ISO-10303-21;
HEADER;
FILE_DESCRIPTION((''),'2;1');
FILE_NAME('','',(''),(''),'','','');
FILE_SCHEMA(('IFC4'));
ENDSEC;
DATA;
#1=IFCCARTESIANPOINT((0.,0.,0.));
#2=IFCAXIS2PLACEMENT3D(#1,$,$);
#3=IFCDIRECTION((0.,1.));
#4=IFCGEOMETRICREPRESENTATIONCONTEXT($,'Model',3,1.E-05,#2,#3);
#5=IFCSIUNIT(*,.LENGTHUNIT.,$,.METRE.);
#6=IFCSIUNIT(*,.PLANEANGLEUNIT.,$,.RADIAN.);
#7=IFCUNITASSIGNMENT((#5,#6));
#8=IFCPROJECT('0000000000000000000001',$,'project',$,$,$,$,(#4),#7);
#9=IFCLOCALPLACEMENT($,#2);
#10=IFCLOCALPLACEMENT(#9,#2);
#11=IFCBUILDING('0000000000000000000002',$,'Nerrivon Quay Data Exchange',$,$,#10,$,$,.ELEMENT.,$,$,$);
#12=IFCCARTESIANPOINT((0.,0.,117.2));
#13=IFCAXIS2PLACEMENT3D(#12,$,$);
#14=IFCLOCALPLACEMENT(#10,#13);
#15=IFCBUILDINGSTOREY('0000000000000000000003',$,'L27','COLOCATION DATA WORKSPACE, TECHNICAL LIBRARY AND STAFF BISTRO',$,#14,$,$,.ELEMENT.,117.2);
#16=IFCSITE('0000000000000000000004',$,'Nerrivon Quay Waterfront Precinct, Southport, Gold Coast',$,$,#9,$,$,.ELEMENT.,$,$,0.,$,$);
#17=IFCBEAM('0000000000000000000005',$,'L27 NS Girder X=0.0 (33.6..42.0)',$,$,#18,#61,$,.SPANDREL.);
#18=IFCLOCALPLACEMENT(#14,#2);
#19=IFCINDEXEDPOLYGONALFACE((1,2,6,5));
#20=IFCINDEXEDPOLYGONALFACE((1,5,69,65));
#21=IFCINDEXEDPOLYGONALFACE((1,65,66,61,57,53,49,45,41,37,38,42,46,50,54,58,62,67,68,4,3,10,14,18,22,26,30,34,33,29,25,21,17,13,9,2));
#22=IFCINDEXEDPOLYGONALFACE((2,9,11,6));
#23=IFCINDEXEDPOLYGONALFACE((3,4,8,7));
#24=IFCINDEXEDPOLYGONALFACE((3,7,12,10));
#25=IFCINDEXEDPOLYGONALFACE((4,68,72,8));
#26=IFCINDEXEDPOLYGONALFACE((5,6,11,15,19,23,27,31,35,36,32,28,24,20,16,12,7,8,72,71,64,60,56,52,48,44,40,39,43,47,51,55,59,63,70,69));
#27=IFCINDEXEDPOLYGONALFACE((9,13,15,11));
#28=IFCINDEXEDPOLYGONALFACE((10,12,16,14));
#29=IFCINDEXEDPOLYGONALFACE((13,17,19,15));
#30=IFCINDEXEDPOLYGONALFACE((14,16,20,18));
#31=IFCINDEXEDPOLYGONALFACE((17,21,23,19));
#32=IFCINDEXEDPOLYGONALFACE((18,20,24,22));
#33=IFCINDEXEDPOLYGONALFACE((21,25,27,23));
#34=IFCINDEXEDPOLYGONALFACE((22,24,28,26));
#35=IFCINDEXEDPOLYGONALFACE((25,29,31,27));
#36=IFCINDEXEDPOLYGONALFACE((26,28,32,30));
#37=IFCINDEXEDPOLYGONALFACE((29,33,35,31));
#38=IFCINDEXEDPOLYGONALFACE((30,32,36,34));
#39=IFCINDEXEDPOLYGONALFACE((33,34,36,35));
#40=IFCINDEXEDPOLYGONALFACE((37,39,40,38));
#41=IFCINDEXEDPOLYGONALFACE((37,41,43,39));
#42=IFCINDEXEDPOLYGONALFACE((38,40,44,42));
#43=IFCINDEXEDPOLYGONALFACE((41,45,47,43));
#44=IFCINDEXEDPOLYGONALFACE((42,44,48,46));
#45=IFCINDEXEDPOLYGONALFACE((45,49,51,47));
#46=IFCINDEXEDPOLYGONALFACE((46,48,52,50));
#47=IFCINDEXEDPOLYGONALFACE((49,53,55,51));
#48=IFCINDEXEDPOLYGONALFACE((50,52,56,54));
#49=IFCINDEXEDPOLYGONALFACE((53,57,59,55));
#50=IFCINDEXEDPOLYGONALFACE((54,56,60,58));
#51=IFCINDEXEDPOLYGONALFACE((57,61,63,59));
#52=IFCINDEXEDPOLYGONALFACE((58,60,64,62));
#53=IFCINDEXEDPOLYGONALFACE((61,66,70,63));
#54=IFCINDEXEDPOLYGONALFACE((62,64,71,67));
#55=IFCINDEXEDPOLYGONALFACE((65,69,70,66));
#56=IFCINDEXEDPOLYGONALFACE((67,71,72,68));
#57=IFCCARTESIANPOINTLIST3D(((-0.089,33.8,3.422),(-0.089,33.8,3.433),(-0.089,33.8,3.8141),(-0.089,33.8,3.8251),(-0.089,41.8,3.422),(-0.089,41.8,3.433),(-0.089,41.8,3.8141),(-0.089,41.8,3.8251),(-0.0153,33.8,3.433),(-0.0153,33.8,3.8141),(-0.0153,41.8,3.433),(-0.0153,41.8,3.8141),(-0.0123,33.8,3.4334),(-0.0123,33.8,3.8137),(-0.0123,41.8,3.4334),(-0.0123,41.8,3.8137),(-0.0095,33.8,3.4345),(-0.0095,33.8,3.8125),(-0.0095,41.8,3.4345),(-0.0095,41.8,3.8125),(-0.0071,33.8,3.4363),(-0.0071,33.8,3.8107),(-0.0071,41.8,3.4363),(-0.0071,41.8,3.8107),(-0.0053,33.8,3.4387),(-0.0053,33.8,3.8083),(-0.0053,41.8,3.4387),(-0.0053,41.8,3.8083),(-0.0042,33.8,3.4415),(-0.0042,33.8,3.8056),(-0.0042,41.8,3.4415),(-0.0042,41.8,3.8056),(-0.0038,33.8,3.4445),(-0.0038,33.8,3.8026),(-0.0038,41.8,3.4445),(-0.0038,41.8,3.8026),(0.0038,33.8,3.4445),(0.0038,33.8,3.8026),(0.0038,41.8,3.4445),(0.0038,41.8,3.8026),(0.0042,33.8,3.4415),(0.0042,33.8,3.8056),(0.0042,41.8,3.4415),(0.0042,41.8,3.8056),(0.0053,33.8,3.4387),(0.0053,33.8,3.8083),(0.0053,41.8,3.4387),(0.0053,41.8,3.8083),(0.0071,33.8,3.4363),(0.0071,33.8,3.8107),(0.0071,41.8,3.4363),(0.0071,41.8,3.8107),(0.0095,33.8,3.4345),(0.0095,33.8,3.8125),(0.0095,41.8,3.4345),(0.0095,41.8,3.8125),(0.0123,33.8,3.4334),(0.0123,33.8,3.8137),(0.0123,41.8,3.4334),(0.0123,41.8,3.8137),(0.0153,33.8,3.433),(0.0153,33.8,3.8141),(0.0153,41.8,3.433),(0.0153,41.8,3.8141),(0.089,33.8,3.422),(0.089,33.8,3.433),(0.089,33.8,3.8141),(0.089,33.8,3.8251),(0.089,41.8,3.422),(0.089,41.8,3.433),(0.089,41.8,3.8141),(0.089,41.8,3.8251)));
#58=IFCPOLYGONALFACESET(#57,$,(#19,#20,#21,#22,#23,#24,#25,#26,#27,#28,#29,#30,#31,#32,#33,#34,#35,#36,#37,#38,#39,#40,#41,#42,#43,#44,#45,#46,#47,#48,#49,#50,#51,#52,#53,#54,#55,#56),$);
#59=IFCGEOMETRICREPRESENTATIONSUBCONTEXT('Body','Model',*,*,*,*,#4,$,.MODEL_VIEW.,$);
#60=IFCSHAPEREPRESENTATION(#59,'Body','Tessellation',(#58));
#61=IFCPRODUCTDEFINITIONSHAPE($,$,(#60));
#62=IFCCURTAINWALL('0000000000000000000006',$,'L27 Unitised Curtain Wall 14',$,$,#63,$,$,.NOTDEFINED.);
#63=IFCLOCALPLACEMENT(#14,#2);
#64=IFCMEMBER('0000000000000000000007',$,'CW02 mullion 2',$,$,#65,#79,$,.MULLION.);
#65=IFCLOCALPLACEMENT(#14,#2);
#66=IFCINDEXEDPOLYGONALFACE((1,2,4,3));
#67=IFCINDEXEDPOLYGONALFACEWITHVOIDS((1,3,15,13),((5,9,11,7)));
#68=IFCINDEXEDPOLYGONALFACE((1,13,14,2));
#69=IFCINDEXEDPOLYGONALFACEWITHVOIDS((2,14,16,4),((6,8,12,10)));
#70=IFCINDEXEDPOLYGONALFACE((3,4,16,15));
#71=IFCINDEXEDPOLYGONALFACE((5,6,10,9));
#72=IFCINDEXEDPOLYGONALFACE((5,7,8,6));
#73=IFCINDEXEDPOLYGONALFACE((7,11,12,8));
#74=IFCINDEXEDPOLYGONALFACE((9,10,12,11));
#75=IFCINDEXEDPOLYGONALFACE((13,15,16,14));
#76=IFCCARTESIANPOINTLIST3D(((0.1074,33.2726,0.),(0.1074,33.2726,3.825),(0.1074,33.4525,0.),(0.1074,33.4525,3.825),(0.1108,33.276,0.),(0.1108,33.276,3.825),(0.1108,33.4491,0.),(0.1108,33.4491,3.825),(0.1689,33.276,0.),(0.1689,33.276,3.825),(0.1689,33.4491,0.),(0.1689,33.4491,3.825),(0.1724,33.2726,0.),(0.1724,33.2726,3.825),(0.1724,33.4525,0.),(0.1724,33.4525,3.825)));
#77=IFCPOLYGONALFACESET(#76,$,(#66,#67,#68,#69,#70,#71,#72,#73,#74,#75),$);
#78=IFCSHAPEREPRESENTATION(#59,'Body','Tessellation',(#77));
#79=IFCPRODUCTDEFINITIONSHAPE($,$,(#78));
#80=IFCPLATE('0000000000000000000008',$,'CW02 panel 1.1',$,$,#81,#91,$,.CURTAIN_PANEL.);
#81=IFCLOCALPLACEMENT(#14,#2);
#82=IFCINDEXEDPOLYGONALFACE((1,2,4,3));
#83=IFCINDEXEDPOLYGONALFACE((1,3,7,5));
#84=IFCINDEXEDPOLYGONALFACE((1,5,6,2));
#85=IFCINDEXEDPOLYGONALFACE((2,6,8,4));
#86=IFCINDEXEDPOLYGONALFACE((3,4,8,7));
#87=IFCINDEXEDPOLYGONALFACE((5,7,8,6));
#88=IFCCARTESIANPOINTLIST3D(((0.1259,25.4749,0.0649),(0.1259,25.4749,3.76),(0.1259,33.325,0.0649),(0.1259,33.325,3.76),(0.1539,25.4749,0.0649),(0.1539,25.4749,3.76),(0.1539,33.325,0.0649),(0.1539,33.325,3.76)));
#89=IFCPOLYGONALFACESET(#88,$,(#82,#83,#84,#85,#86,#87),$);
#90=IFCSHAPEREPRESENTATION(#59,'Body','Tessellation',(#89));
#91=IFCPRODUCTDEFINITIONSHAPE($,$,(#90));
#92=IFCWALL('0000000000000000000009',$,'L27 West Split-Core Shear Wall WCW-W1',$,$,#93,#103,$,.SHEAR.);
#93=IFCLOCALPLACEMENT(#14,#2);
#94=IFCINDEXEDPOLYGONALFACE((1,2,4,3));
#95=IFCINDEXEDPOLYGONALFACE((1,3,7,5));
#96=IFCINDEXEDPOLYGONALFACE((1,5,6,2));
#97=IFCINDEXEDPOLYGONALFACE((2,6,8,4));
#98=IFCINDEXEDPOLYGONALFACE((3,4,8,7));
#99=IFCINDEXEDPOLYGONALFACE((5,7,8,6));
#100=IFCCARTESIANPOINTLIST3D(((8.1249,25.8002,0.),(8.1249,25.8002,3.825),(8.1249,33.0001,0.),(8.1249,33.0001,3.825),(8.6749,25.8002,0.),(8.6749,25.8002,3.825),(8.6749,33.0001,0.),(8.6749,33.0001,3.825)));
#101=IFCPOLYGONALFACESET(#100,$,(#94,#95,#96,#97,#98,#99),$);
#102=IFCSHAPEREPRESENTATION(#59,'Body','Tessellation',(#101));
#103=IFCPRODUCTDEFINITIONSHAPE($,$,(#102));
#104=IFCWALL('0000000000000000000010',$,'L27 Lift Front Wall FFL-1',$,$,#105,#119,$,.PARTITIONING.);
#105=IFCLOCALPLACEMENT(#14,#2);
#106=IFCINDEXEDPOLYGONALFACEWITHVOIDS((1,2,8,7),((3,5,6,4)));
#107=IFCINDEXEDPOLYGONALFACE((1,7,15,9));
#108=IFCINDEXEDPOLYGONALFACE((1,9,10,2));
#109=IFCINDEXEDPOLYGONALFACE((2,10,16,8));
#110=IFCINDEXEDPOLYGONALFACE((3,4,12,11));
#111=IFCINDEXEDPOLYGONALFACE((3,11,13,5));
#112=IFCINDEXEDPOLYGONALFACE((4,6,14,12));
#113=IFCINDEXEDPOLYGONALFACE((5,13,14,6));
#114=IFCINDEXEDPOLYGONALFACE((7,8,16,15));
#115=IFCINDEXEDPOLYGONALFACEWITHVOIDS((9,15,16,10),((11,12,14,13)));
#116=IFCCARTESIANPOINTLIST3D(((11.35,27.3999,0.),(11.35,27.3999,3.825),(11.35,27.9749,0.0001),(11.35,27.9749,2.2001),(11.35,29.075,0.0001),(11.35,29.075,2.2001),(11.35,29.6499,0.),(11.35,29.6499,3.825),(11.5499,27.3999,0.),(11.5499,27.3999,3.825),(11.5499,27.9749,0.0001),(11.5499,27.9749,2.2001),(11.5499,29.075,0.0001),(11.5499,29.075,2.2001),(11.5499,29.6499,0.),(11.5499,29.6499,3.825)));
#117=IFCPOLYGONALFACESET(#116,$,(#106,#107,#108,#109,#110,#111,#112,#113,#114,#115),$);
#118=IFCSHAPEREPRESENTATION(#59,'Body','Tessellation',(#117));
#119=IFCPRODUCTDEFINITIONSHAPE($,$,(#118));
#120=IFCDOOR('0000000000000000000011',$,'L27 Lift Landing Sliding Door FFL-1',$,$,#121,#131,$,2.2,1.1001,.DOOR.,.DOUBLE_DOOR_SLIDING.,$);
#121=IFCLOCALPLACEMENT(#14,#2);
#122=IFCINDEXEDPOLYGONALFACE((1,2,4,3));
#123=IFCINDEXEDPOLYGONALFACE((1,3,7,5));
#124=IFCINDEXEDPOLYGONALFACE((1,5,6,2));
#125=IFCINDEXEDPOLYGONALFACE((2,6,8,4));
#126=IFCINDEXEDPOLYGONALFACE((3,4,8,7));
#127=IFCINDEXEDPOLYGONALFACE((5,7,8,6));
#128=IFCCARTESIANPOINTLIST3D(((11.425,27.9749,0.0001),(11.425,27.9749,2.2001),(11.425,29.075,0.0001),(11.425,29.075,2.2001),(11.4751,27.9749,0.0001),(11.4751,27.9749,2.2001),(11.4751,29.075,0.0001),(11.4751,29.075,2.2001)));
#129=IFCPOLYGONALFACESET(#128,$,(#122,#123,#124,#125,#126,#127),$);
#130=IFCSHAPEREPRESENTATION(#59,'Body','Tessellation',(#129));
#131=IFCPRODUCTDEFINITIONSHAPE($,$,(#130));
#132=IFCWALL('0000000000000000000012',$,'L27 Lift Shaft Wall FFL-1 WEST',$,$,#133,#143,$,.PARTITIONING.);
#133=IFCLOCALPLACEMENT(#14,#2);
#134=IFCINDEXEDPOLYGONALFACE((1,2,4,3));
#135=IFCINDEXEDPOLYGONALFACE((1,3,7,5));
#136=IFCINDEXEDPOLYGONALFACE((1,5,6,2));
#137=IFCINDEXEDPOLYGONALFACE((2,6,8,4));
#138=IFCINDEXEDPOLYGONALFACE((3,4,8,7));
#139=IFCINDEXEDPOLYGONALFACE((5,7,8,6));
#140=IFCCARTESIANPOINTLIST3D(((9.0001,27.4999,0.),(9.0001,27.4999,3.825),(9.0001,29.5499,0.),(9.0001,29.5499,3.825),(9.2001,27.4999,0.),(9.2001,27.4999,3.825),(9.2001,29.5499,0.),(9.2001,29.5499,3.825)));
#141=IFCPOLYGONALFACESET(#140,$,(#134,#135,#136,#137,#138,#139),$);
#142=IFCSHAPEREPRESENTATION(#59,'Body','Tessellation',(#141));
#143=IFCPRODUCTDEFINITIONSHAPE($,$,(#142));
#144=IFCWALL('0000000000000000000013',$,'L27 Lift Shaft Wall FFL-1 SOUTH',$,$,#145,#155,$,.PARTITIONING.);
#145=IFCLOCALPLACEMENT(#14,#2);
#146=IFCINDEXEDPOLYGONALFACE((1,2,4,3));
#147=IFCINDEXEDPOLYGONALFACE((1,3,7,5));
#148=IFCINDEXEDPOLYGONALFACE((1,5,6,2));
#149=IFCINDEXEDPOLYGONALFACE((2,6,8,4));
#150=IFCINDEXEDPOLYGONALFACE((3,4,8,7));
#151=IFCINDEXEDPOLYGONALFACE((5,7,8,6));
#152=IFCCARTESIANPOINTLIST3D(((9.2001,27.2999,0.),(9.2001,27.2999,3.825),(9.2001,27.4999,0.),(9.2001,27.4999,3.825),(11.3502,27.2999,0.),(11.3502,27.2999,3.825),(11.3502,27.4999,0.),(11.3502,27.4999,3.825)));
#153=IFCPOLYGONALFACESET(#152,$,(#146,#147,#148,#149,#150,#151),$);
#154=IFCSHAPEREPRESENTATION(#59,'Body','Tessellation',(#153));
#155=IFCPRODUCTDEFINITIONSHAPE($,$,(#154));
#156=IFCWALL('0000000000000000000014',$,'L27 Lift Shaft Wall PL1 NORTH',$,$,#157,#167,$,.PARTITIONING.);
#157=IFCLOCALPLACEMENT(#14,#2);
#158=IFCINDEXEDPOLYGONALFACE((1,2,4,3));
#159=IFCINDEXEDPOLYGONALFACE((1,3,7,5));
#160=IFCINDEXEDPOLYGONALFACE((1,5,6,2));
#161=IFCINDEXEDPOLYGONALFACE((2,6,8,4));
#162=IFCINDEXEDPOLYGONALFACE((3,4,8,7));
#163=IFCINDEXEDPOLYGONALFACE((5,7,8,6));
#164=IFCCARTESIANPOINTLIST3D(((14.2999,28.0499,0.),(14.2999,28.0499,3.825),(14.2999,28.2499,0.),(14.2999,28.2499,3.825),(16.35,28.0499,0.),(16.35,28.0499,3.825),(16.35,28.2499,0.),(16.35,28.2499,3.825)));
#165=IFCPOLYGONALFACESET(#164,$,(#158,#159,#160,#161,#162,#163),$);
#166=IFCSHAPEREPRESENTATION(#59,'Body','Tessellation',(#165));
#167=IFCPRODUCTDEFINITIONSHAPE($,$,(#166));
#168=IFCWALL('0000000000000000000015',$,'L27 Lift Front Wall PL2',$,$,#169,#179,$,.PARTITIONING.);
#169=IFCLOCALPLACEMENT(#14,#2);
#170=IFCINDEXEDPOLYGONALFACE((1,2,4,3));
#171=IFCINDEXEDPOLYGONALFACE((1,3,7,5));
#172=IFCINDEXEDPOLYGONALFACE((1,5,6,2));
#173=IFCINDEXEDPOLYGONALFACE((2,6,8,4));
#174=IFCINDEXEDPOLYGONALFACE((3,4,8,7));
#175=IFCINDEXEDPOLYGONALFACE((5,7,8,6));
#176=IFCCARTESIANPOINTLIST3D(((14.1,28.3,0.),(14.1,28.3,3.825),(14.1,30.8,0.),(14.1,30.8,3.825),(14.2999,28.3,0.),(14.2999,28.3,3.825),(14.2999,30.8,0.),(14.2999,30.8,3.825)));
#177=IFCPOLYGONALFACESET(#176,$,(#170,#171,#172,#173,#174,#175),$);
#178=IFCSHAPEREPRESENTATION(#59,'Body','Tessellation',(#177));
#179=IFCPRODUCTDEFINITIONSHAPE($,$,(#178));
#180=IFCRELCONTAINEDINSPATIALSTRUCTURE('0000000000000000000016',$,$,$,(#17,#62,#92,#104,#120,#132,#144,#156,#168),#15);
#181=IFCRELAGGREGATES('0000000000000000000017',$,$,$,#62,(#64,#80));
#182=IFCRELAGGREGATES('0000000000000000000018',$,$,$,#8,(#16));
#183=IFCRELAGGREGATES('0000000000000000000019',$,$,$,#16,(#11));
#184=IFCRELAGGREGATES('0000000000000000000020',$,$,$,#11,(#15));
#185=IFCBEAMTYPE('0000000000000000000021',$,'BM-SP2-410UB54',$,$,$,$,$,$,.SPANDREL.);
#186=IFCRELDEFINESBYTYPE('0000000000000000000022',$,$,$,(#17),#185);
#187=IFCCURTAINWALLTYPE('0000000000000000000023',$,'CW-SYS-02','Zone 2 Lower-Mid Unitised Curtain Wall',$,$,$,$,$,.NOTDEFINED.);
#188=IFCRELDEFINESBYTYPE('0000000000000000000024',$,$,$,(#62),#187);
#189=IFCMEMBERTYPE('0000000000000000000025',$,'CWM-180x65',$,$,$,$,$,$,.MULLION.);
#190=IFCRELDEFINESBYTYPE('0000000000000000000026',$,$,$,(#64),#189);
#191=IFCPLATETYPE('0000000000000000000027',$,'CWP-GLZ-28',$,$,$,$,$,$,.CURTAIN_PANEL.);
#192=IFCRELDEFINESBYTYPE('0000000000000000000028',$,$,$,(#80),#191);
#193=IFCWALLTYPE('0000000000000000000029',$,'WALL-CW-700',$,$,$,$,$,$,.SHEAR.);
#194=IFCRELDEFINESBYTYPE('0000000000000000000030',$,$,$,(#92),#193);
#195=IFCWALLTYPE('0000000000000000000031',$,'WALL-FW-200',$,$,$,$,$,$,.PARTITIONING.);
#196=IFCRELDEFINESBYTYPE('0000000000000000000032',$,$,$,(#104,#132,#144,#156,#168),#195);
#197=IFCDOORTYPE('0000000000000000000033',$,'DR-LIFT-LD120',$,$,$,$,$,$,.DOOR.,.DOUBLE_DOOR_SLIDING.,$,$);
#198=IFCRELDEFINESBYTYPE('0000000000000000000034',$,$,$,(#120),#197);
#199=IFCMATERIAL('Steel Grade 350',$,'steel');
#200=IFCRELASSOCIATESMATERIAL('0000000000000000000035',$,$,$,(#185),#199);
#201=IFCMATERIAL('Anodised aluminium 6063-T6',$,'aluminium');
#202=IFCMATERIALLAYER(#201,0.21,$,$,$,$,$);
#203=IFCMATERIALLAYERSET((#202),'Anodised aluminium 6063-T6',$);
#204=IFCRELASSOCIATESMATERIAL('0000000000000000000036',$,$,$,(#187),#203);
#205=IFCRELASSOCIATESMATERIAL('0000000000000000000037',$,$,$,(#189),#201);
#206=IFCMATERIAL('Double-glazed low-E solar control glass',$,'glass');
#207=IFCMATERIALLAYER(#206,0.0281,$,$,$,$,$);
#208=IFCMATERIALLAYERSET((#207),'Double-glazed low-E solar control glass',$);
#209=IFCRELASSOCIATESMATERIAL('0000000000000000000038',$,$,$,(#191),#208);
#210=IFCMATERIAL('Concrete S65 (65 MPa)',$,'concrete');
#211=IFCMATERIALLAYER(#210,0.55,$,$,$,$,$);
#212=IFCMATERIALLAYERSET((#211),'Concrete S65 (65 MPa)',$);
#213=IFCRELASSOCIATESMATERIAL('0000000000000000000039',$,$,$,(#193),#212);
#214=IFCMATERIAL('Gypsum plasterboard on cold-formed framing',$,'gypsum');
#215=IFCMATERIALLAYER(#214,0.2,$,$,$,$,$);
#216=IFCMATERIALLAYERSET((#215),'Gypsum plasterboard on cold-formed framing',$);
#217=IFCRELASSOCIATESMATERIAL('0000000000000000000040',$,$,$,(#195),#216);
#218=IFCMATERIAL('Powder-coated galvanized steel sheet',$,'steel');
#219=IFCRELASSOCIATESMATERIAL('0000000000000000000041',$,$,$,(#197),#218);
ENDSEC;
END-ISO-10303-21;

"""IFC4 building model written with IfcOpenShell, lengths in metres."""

from ifc_helpers import new_model, si_unit, direction, frame, frame_2d, origin, origin_2d, place, context, subcontext, project, spatial, rectangle, hollow_rectangle, i_section, extrude, material, layer, layer_set, material_profile, profile_set, type_object, element, fill, aggregate, save


model = new_model("IFC4")

# Units and contexts
model_context = context("Model", 3, precision=1e-05, world=origin(), true_north=direction((0.0, 1.0)))
body_context = subcontext(model_context, "Body", "Model", "MODEL_VIEW")
ifc_project = project(units=[si_unit("LENGTHUNIT", "METRE"), si_unit("PLANEANGLEUNIT", "RADIAN")], contexts=[model_context])

# Site, building, storey
site_placement = place(None, origin())
site = spatial("IfcSite", under=ifc_project, at=site_placement, Name="Nerrivon Quay Waterfront Precinct, Southport, Gold Coast", CompositionType="ELEMENT", RefElevation=0.0)
building_placement = place(site_placement, origin())
building = spatial("IfcBuilding", under=site, at=building_placement, Name="Nerrivon Quay Data Exchange", CompositionType="ELEMENT")
storey_placement = place(building_placement, frame((0.0, 0.0, 117.2)))
storey = spatial("IfcBuildingStorey", under=building, at=storey_placement, Name="L27", Description="COLOCATION DATA WORKSPACE, TECHNICAL LIBRARY AND STAFF BISTRO", CompositionType="ELEMENT", Elevation=117.2)

# Shared definitions
ifc_material_1 = material(Name="Concrete S65 (65 MPa)", Category="concrete")
ifc_material_2 = material(Name="Steel Grade 350", Category="steel")

# Beam
ifc_material_profile_1 = material_profile(ifc_material_2, i_section(OverallWidth=0.178, OverallDepth=0.4031, WebThickness=0.0076, FlangeThickness=0.011, FilletRadius=0.0115, at=origin_2d()), Name="410UB53.7")
ifc_profile_set_1 = profile_set([ifc_material_profile_1], Name="Steel Grade 350")
beam_type_1 = type_object("IfcBeamType", Name="BM-SP2-410UB54", PredefinedType="SPANDREL", material=ifc_profile_set_1)
beam_1_placement = place(storey_placement, frame((0.0, 33.8, 3.6235), z_axis=(0.0, 1.0, 0.0), x_axis=(-1.0, 0.0, 0.0)))
element("IfcBeam", 1, at=beam_1_placement, inside=storey, type_object=beam_type_1, Name="L27 NS Girder X=0.0 (33.6..42.0)", PredefinedType="SPANDREL", context=body_context, shape_type="SweptSolid", body=[
    extrude(i_section(OverallWidth=0.178, OverallDepth=0.4031, WebThickness=0.0076, FlangeThickness=0.011, FilletRadius=0.0115, at=origin_2d()), origin(), (0.0, 0.0, 1.0), 8.0),
])

# Curtain wall, member, plate
ifc_material_3 = material(Name="Anodised aluminium 6063-T6", Category="aluminium")
ifc_layer_1 = layer(ifc_material_3, 0.21)
ifc_layer_set_1 = layer_set([ifc_layer_1], Name="Anodised aluminium 6063-T6")
curtain_wall_type = type_object("IfcCurtainWallType", Name="CW-SYS-02", Description="Zone 2 Lower-Mid Unitised Curtain Wall", PredefinedType="NOTDEFINED", material=ifc_layer_set_1)
curtain_wall_placement = place(storey_placement, origin())
curtain_wall = element("IfcCurtainWall", 2, at=curtain_wall_placement, inside=storey, type_object=curtain_wall_type, Name="L27 Unitised Curtain Wall 14", PredefinedType="NOTDEFINED")
ifc_material_profile_2 = material_profile(ifc_material_3, hollow_rectangle(XDim=0.0649, YDim=0.1799, WallThickness=0.0034, at=origin_2d()), Name="ALU-MULL-180x65")
ifc_profile_set_2 = profile_set([ifc_material_profile_2], Name="Anodised aluminium 6063-T6")
member_type = type_object("IfcMemberType", Name="CWM-180x65", PredefinedType="MULLION", material=ifc_profile_set_2)
member_placement = place(storey_placement, frame((0.1399, 33.3625, 0.0), z_axis=(0.0, 0.0, 1.0), x_axis=(-1.0, 0.0, 0.0)))
member = element("IfcMember", 3, at=member_placement, type_object=member_type, Name="CW02 mullion 2", PredefinedType="MULLION", context=body_context, shape_type="SweptSolid", body=[
    extrude(hollow_rectangle(XDim=0.0649, YDim=0.1799, WallThickness=0.0034, at=origin_2d()), origin(), (0.0, 0.0, 1.0), 3.825),
])
ifc_material_4 = material(Name="Double-glazed low-E solar control glass", Category="glass")
ifc_layer_2 = layer(ifc_material_4, 0.0281)
ifc_layer_set_2 = layer_set([ifc_layer_2], Name="Double-glazed low-E solar control glass")
plate_type = type_object("IfcPlateType", Name="CWP-GLZ-28", PredefinedType="CURTAIN_PANEL", material=ifc_layer_set_2)
plate_placement = place(storey_placement, frame((0.1399, 29.3999, 0.0649), z_axis=(0.0, 0.0, 1.0), x_axis=(0.0, 1.0, 0.0)))
plate = element("IfcPlate", 4, at=plate_placement, type_object=plate_type, Name="CW02 panel 1.1", PredefinedType="CURTAIN_PANEL", context=body_context, shape_type="SweptSolid", body=[
    extrude(rectangle(XDim=7.8501, YDim=0.0281, at=origin_2d()), origin(), (0.0, 0.0, 1.0), 3.6951),
])
aggregate(curtain_wall, [member, plate])

# Wall
ifc_layer_3 = layer(ifc_material_1, 0.55)
ifc_layer_set_3 = layer_set([ifc_layer_3], Name="Concrete S65 (65 MPa)")
wall_type_1 = type_object("IfcWallType", Name="WALL-CW-700", PredefinedType="SHEAR", material=ifc_layer_set_3)
wall_1_placement = place(storey_placement, frame((8.3999, 25.8, 0.0), z_axis=(0.0, 0.0, 1.0), x_axis=(0.0, 1.0, 0.0)))
element("IfcWall", 5, at=wall_1_placement, inside=storey, type_object=wall_type_1, Name="L27 West Split-Core Shear Wall WCW-W1", PredefinedType="SHEAR", context=body_context, shape_type="SweptSolid", body=[
    extrude(rectangle(XDim=7.2, YDim=0.55, at=frame_2d((3.6001, 0.0))), origin(), (0.0, 0.0, 1.0), 3.825),
])

# Wall, opening, door
ifc_material_5 = material(Name="Gypsum plasterboard on cold-formed framing", Category="gypsum")
ifc_layer_4 = layer(ifc_material_5, 0.2)
ifc_layer_set_4 = layer_set([ifc_layer_4], Name="Gypsum plasterboard on cold-formed framing")
wall_type_2 = type_object("IfcWallType", Name="WALL-FW-200", PredefinedType="PARTITIONING", material=ifc_layer_set_4)
wall_2_placement = place(storey_placement, frame((11.45, 27.3999, 0.0), z_axis=(0.0, 0.0, 1.0), x_axis=(0.0, 1.0, 0.0)))
wall_2 = element("IfcWall", 6, at=wall_2_placement, inside=storey, type_object=wall_type_2, Name="L27 Lift Front Wall FFL-1", PredefinedType="PARTITIONING", context=body_context, shape_type="SweptSolid", body=[
    extrude(rectangle(XDim=2.25, YDim=0.2, at=frame_2d((1.125, 0.0))), origin(), (0.0, 0.0, 1.0), 3.825),
])
opening_1_placement = place(wall_2_placement, frame((0.575, 0.0, 0.0)))
opening_1 = element("IfcOpeningElement", 7, at=opening_1_placement, cuts=wall_2, PredefinedType="OPENING", context=body_context, shape_type="SweptSolid", body=[
    extrude(rectangle(XDim=1.1001, YDim=2.2, at=frame_2d((0.55, 1.1001))), frame((0.0, 0.1099, 0.0), z_axis=(0.0, -1.0, 0.0), x_axis=(1.0, 0.0, 0.0)), (0.0, 0.0, 1.0), 0.22),
])
ifc_material_6 = material(Name="Powder-coated galvanized steel sheet", Category="steel")
door_type_1 = type_object("IfcDoorType", Name="DR-LIFT-LD120", OperationType="DOUBLE_DOOR_SLIDING", PredefinedType="DOOR", material=ifc_material_6)
door_1_placement = place(opening_1_placement, origin())
door_1 = element("IfcDoor", 8, at=door_1_placement, inside=storey, type_object=door_type_1, Name="L27 Lift Landing Sliding Door FFL-1", OperationType="DOUBLE_DOOR_SLIDING", OverallHeight=2.2, OverallWidth=1.1001, PredefinedType="DOOR", context=body_context, shape_type="SweptSolid", body=[
    extrude(rectangle(XDim=1.1001, YDim=2.2, at=frame_2d((0.55, 1.1001))), frame((0.0, 0.0249, 0.0), z_axis=(0.0, -1.0, 0.0), x_axis=(1.0, 0.0, 0.0)), (0.0, 0.0, 1.0), 0.05),
])
fill(opening_1, door_1)

# Walls
wall_3_placement = place(storey_placement, frame((9.1001, 27.5, 0.0), z_axis=(0.0, 0.0, 1.0), x_axis=(0.0, 1.0, 0.0)))
element("IfcWall", 9, at=wall_3_placement, inside=storey, type_object=wall_type_2, Name="L27 Lift Shaft Wall FFL-1 WEST", PredefinedType="PARTITIONING", context=body_context, shape_type="SweptSolid", body=[
    extrude(rectangle(XDim=2.05, YDim=0.2, at=frame_2d((1.0249, 0.0))), origin(), (0.0, 0.0, 1.0), 3.825),
])
wall_4_placement = place(storey_placement, frame((9.2, 27.3999, 0.0), z_axis=(0.0, 0.0, 1.0), x_axis=(1.0, 0.0, 0.0)))
element("IfcWall", 10, at=wall_4_placement, inside=storey, type_object=wall_type_2, Name="L27 Lift Shaft Wall FFL-1 SOUTH", PredefinedType="PARTITIONING", context=body_context, shape_type="SweptSolid", body=[
    extrude(rectangle(XDim=2.1501, YDim=0.2, at=frame_2d((1.0752, 0.0))), origin(), (0.0, 0.0, 1.0), 3.825),
])
wall_5_placement = place(storey_placement, frame((14.3, 28.1499, 0.0), z_axis=(0.0, 0.0, 1.0), x_axis=(1.0, 0.0, 0.0)))
element("IfcWall", 11, at=wall_5_placement, inside=storey, type_object=wall_type_2, Name="L27 Lift Shaft Wall PL1 NORTH", PredefinedType="PARTITIONING", context=body_context, shape_type="SweptSolid", body=[
    extrude(rectangle(XDim=2.05, YDim=0.2, at=frame_2d((1.0249, 0.0))), origin(), (0.0, 0.0, 1.0), 3.825),
])
wall_6_placement = place(storey_placement, frame((14.2, 28.3, 0.0), z_axis=(0.0, 0.0, 1.0), x_axis=(0.0, 1.0, 0.0)))
element("IfcWall", 12, at=wall_6_placement, inside=storey, type_object=wall_type_2, Name="L27 Lift Front Wall PL2", PredefinedType="PARTITIONING", context=body_context, shape_type="SweptSolid", body=[
    extrude(rectangle(XDim=2.5, YDim=0.2, at=frame_2d((1.25, 0.0))), origin(), (0.0, 0.0, 1.0), 3.825),
])

save(model, "model.ifc")
